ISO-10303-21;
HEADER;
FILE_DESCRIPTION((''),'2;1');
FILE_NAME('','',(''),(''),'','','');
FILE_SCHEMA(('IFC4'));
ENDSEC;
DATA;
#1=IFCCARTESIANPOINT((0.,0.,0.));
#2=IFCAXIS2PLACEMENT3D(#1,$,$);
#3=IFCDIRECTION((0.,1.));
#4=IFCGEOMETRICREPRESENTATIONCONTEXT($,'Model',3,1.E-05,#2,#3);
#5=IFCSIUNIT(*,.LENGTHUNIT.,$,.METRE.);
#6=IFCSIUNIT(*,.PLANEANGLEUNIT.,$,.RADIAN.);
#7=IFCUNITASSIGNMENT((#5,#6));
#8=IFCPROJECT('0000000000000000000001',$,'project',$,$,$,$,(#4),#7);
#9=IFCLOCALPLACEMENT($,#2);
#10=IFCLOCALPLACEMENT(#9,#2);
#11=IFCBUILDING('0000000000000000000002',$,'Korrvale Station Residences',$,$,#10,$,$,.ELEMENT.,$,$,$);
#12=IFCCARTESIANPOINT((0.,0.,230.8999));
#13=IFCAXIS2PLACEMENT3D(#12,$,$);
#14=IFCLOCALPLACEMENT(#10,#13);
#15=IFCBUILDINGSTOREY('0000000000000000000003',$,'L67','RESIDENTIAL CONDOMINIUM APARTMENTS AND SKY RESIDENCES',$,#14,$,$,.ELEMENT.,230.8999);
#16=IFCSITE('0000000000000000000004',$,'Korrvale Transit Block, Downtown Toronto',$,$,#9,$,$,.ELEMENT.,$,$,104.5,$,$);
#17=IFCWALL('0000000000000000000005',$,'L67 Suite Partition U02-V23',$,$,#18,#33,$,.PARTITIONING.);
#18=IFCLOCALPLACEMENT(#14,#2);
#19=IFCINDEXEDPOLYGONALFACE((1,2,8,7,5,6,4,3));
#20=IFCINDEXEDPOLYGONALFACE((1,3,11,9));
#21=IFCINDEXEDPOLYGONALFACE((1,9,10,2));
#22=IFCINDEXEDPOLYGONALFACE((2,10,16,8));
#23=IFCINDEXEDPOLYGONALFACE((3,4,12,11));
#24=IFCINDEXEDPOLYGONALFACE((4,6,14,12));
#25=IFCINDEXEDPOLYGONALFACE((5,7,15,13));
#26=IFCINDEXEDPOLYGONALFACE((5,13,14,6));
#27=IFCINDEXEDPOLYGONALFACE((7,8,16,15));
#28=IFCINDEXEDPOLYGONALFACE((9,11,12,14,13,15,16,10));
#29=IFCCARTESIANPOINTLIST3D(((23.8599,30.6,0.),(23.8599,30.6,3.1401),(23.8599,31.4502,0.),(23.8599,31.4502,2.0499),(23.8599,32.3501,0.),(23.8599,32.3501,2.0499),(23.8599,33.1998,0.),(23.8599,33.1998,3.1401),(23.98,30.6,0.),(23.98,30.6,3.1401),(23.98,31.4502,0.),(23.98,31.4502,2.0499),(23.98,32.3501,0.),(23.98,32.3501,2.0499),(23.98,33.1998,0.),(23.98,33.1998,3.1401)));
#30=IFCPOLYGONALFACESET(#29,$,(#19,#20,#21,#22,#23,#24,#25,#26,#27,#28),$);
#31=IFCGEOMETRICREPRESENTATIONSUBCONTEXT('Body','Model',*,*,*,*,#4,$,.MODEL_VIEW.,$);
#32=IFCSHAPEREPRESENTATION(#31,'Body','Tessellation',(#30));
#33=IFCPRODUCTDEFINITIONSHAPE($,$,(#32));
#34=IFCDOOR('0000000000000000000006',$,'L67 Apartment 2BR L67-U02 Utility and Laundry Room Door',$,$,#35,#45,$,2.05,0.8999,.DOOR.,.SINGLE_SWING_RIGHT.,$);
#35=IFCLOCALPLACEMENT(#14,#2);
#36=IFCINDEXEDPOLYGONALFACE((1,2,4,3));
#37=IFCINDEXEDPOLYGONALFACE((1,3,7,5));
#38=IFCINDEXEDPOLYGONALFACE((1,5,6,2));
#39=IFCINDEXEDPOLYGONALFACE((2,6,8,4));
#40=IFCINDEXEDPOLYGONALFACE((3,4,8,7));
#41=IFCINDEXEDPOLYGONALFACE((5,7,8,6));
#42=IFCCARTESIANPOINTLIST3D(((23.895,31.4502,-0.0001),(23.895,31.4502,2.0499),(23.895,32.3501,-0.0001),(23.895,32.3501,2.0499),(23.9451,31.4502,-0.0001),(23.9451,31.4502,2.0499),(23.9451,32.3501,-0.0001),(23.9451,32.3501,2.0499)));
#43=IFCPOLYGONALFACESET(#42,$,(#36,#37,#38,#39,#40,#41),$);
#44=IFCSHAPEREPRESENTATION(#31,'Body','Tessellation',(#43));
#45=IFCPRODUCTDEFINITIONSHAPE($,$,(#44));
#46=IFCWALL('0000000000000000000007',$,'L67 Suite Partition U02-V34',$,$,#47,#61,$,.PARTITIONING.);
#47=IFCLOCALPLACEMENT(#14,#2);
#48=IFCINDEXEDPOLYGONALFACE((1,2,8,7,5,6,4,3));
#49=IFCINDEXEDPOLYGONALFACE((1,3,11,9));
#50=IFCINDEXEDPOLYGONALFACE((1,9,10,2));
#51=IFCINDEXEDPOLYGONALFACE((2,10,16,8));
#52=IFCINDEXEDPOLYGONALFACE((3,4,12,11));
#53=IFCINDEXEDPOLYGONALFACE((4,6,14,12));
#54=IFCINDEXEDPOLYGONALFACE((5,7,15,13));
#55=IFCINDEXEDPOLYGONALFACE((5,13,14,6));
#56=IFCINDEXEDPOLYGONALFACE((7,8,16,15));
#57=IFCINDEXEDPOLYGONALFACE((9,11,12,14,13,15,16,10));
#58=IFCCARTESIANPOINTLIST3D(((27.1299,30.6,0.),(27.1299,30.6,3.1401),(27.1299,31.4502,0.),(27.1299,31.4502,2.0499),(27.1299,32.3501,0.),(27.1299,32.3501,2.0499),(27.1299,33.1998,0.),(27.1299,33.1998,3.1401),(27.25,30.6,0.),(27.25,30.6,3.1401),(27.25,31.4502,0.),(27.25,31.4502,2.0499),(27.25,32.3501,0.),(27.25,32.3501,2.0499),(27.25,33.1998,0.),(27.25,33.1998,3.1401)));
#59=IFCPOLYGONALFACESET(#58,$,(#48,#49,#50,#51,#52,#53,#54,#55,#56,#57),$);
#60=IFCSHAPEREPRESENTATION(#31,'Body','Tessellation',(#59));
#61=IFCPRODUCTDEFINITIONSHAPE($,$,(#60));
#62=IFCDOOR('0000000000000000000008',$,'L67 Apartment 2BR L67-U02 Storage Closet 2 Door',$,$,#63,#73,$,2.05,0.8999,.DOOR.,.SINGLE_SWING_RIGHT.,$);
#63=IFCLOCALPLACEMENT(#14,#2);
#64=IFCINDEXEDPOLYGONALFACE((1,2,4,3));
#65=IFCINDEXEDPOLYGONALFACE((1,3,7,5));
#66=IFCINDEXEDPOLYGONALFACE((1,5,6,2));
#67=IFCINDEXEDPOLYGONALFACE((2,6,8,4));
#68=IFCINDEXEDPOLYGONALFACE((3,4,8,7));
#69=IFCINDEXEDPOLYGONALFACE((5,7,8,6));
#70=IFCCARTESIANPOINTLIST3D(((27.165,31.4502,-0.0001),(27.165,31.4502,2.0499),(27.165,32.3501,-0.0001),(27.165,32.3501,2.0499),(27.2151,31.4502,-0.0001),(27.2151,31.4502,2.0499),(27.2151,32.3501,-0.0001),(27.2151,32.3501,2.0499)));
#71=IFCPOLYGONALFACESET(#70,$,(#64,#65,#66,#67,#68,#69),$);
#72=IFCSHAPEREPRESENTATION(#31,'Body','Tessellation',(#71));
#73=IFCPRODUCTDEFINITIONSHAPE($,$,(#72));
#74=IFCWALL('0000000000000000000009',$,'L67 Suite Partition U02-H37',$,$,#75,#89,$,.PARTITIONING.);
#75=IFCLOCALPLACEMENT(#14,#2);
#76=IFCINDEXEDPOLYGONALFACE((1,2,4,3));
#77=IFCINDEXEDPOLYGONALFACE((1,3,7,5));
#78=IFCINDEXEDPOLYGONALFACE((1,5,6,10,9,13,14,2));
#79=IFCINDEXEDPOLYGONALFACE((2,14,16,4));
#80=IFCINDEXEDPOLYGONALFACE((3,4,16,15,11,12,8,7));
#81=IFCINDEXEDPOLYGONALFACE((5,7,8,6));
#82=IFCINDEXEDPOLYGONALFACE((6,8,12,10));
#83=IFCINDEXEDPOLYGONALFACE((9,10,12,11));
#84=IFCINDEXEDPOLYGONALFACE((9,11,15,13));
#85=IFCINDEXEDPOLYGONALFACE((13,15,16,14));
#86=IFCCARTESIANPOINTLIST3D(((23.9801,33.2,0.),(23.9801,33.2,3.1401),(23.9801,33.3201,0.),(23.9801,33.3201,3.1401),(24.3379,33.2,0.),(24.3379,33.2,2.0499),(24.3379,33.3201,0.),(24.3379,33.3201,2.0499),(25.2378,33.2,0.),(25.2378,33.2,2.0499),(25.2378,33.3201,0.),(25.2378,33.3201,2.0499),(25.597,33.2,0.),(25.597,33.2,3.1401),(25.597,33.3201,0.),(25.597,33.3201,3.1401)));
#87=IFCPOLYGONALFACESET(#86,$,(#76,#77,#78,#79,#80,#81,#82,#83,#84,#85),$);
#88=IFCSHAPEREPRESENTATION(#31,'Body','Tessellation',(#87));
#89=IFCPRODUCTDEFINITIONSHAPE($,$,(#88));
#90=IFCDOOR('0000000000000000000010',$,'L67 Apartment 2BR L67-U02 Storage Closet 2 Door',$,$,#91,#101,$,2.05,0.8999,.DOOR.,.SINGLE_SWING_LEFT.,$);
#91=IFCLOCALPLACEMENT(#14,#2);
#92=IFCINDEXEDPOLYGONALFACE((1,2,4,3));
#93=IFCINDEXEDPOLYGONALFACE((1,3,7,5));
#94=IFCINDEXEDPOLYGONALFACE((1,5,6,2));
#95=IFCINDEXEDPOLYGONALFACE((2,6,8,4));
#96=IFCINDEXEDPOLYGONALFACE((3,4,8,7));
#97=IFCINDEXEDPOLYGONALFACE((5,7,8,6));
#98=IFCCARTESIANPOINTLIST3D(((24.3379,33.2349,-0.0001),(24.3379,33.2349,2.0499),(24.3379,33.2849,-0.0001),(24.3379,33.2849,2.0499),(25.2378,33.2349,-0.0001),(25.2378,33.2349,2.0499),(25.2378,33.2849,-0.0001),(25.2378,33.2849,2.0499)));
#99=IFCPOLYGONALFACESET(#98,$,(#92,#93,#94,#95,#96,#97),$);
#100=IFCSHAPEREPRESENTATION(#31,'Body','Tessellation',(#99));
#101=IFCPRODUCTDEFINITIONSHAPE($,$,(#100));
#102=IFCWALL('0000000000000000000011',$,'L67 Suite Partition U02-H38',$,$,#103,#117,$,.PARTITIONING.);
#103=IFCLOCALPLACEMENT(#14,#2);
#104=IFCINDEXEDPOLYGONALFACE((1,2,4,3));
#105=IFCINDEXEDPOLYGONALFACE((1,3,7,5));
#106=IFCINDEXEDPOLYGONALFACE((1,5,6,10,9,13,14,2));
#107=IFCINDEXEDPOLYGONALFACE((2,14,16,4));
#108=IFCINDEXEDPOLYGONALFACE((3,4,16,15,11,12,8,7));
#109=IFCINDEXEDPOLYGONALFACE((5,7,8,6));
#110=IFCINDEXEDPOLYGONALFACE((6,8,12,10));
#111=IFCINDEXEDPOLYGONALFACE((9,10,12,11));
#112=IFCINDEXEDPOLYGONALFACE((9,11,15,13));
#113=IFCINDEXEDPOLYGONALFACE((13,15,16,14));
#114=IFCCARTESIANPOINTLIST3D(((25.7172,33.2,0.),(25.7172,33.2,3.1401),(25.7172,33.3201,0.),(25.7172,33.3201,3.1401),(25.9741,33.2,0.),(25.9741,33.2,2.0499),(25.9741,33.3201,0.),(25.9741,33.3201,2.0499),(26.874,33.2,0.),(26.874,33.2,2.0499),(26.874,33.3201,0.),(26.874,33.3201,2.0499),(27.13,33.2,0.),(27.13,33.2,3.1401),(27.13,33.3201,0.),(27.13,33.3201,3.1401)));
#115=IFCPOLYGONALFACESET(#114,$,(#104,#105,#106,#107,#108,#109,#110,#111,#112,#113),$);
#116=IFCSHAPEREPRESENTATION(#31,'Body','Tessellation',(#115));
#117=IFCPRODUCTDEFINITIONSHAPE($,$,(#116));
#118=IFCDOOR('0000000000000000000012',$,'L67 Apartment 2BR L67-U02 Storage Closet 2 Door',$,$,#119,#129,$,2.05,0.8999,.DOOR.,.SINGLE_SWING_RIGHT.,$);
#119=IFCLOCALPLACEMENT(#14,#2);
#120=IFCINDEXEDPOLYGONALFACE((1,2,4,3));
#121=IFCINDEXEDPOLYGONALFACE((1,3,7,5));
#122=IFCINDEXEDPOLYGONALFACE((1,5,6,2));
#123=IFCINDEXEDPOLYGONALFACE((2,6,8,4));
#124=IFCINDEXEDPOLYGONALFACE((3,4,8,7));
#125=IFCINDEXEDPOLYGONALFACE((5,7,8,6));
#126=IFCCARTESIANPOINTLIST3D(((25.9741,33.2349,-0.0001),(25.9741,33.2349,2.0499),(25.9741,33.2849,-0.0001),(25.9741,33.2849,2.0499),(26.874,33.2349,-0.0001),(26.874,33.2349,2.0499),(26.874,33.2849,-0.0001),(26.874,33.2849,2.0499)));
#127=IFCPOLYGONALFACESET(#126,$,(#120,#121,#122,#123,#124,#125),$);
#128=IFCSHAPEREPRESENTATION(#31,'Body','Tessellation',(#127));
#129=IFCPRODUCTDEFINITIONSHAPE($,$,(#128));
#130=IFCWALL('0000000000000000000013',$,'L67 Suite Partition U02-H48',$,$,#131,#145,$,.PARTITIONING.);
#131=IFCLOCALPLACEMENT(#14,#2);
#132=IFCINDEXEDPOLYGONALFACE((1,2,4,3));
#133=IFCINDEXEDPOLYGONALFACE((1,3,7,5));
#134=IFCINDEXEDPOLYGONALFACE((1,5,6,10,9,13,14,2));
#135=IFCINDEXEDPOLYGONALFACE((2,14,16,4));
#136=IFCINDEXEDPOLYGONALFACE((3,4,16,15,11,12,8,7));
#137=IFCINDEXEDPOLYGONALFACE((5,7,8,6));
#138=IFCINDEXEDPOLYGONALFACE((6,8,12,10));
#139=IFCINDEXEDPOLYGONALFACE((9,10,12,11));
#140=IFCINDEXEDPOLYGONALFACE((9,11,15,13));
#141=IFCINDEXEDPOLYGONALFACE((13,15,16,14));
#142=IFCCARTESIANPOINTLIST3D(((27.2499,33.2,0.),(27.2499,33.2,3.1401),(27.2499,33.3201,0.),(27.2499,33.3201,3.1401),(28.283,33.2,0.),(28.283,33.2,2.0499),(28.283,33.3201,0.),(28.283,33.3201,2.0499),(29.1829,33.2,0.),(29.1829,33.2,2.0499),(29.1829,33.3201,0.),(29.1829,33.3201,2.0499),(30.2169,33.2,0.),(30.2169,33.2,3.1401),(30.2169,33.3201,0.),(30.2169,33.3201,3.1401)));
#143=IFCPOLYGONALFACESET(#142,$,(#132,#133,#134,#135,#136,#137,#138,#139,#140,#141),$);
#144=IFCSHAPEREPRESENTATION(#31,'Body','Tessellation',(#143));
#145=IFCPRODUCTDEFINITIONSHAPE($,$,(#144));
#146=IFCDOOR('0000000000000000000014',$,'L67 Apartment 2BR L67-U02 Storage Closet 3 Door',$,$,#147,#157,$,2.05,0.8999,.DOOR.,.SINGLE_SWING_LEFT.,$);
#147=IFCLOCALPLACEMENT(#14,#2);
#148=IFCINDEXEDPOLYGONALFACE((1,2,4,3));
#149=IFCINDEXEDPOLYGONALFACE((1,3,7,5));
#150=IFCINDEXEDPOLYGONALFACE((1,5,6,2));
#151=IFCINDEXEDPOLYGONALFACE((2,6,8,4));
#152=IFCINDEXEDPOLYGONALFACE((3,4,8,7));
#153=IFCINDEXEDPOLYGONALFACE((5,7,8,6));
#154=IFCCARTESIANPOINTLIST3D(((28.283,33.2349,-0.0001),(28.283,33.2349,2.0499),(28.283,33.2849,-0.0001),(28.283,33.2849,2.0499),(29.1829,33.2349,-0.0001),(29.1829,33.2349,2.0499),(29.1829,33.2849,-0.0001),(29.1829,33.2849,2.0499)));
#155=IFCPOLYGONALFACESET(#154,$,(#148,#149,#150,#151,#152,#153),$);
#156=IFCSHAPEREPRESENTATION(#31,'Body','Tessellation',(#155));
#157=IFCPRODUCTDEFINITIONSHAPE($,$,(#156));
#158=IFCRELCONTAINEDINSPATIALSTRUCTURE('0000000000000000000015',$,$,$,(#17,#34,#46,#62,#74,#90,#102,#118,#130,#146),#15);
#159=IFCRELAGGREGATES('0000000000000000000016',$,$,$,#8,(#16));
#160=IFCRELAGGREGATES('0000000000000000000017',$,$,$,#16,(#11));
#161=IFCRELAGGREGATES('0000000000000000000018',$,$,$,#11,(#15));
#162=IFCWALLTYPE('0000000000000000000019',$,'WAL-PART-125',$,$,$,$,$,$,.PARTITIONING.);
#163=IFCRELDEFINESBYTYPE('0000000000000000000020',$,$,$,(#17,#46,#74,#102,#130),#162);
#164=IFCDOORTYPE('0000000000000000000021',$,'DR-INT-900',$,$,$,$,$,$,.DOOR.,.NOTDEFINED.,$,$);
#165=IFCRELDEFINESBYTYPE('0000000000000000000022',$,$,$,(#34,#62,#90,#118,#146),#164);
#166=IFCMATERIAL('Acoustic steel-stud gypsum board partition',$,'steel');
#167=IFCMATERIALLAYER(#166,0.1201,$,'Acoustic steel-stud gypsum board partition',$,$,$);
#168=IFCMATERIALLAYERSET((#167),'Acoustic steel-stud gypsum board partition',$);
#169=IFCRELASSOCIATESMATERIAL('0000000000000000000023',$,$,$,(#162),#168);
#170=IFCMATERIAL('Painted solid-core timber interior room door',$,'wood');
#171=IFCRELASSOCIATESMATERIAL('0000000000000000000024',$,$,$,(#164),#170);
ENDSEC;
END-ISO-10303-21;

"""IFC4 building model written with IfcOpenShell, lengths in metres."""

from ifc_helpers import new_model, si_unit, direction, frame, frame_2d, origin, place, context, subcontext, project, spatial, rectangle, extrude, material, layer, layer_set, type_object, element, fill, save


model = new_model("IFC4")

# Units and contexts
model_context = context("Model", 3, precision=1e-05, world=origin(), true_north=direction((0.0, 1.0)))
body_context = subcontext(model_context, "Body", "Model", "MODEL_VIEW")
ifc_project = project(units=[si_unit("LENGTHUNIT", "METRE"), si_unit("PLANEANGLEUNIT", "RADIAN")], contexts=[model_context])

# Site, building, storey
site_placement = place(None, origin())
site = spatial("IfcSite", under=ifc_project, at=site_placement, Name="Korrvale Transit Block, Downtown Toronto", CompositionType="ELEMENT", RefElevation=104.5)
building_placement = place(site_placement, origin())
building = spatial("IfcBuilding", under=site, at=building_placement, Name="Korrvale Station Residences", CompositionType="ELEMENT")
storey_placement = place(building_placement, frame((0.0, 0.0, 230.8999)))
storey = spatial("IfcBuildingStorey", under=building, at=storey_placement, Name="L67", Description="RESIDENTIAL CONDOMINIUM APARTMENTS AND SKY RESIDENCES", CompositionType="ELEMENT", Elevation=230.8999)

# Walls, openings, doors
ifc_material_1 = material(Name="Acoustic steel-stud gypsum board partition", Category="steel")
ifc_layer_1 = layer(ifc_material_1, 0.1201, Name="Acoustic steel-stud gypsum board partition")
ifc_layer_set_1 = layer_set([ifc_layer_1], Name="Acoustic steel-stud gypsum board partition")
wall_type_1 = type_object("IfcWallType", Name="WAL-PART-125", PredefinedType="PARTITIONING", material=ifc_layer_set_1)
wall_1_placement = place(storey_placement, frame((23.9199, 30.6001, 0.0), z_axis=(0.0, 0.0, 1.0), x_axis=(0.0, 1.0, 0.0)))
wall_1 = element("IfcWall", 1, at=wall_1_placement, inside=storey, type_object=wall_type_1, Name="L67 Suite Partition U02-V23", PredefinedType="PARTITIONING", context=body_context, shape_type="SweptSolid", body=[
    extrude(rectangle(XDim=2.5999, YDim=0.1201, at=frame_2d((1.2998, 0.0))), origin(), (0.0, 0.0, 1.0), 3.1401),
])
opening_1_placement = place(wall_1_placement, frame((0.8501, 0.0, 0.0)))
opening_1 = element("IfcOpeningElement", 2, at=opening_1_placement, cuts=wall_1, PredefinedType="OPENING", context=body_context, shape_type="SweptSolid", body=[
    extrude(rectangle(XDim=0.8999, YDim=2.05, at=frame_2d((0.45, 1.0249))), frame((0.0, 0.0701, 0.0), z_axis=(0.0, -1.0, 0.0), x_axis=(1.0, 0.0, 0.0)), (0.0, 0.0, 1.0), 0.1401),
])
ifc_material_2 = material(Name="Painted solid-core timber interior room door", Category="wood")
door_type_1 = type_object("IfcDoorType", Name="DR-INT-900", OperationType="NOTDEFINED", PredefinedType="DOOR", material=ifc_material_2)
door_1_placement = place(opening_1_placement, origin())
door_1 = element("IfcDoor", 3, at=door_1_placement, inside=storey, type_object=door_type_1, Name="L67 Apartment 2BR L67-U02 Utility and Laundry Room Door", OperationType="SINGLE_SWING_RIGHT", OverallHeight=2.05, OverallWidth=0.8999, PredefinedType="DOOR", context=body_context, shape_type="SweptSolid", body=[
    extrude(rectangle(XDim=0.8999, YDim=2.05, at=frame_2d((0.45, 1.0249))), frame((0.0, 0.0249, 0.0), z_axis=(0.0, -1.0, 0.0), x_axis=(1.0, 0.0, 0.0)), (0.0, 0.0, 1.0), 0.05),
])
fill(opening_1, door_1)
wall_2_placement = place(storey_placement, frame((27.1899, 30.6001, 0.0), z_axis=(0.0, 0.0, 1.0), x_axis=(0.0, 1.0, 0.0)))
wall_2 = element("IfcWall", 4, at=wall_2_placement, inside=storey, type_object=wall_type_1, Name="L67 Suite Partition U02-V34", PredefinedType="PARTITIONING", context=body_context, shape_type="SweptSolid", body=[
    extrude(rectangle(XDim=2.5999, YDim=0.1201, at=frame_2d((1.2998, 0.0))), origin(), (0.0, 0.0, 1.0), 3.1401),
])
opening_2_placement = place(wall_2_placement, frame((0.8501, 0.0, 0.0)))
opening_2 = element("IfcOpeningElement", 5, at=opening_2_placement, cuts=wall_2, PredefinedType="OPENING", context=body_context, shape_type="SweptSolid", body=[
    extrude(rectangle(XDim=0.8999, YDim=2.05, at=frame_2d((0.45, 1.0249))), frame((0.0, 0.0701, 0.0), z_axis=(0.0, -1.0, 0.0), x_axis=(1.0, 0.0, 0.0)), (0.0, 0.0, 1.0), 0.1401),
])
door_2_placement = place(opening_2_placement, origin())
door_2 = element("IfcDoor", 6, at=door_2_placement, inside=storey, type_object=door_type_1, Name="L67 Apartment 2BR L67-U02 Storage Closet 2 Door", OperationType="SINGLE_SWING_RIGHT", OverallHeight=2.05, OverallWidth=0.8999, PredefinedType="DOOR", context=body_context, shape_type="SweptSolid", body=[
    extrude(rectangle(XDim=0.8999, YDim=2.05, at=frame_2d((0.45, 1.0249))), frame((0.0, 0.0249, 0.0), z_axis=(0.0, -1.0, 0.0), x_axis=(1.0, 0.0, 0.0)), (0.0, 0.0, 1.0), 0.05),
])
fill(opening_2, door_2)
wall_3_placement = place(storey_placement, frame((23.98, 33.26, 0.0), z_axis=(0.0, 0.0, 1.0), x_axis=(1.0, 0.0, 0.0)))
wall_3 = element("IfcWall", 7, at=wall_3_placement, inside=storey, type_object=wall_type_1, Name="L67 Suite Partition U02-H37", PredefinedType="PARTITIONING", context=body_context, shape_type="SweptSolid", body=[
    extrude(rectangle(XDim=1.6169, YDim=0.1201, at=frame_2d((0.8086, 0.0))), origin(), (0.0, 0.0, 1.0), 3.1401),
])
opening_3_placement = place(wall_3_placement, frame((0.3579, 0.0, 0.0)))
opening_3 = element("IfcOpeningElement", 8, at=opening_3_placement, cuts=wall_3, PredefinedType="OPENING", context=body_context, shape_type="SweptSolid", body=[
    extrude(rectangle(XDim=0.8999, YDim=2.05, at=frame_2d((0.45, 1.0249))), frame((0.0, 0.0701, 0.0), z_axis=(0.0, -1.0, 0.0), x_axis=(1.0, 0.0, 0.0)), (0.0, 0.0, 1.0), 0.1401),
])
door_3_placement = place(opening_3_placement, origin())
door_3 = element("IfcDoor", 9, at=door_3_placement, inside=storey, type_object=door_type_1, Name="L67 Apartment 2BR L67-U02 Storage Closet 2 Door", OperationType="SINGLE_SWING_LEFT", OverallHeight=2.05, OverallWidth=0.8999, PredefinedType="DOOR", context=body_context, shape_type="SweptSolid", body=[
    extrude(rectangle(XDim=0.8999, YDim=2.05, at=frame_2d((0.45, 1.0249))), frame((0.0, 0.0249, 0.0), z_axis=(0.0, -1.0, 0.0), x_axis=(1.0, 0.0, 0.0)), (0.0, 0.0, 1.0), 0.05),
])
fill(opening_3, door_3)
wall_4_placement = place(storey_placement, frame((25.717, 33.26, 0.0), z_axis=(0.0, 0.0, 1.0), x_axis=(1.0, 0.0, 0.0)))
wall_4 = element("IfcWall", 10, at=wall_4_placement, inside=storey, type_object=wall_type_1, Name="L67 Suite Partition U02-H38", PredefinedType="PARTITIONING", context=body_context, shape_type="SweptSolid", body=[
    extrude(rectangle(XDim=1.4128, YDim=0.1201, at=frame_2d((0.7065, 0.0))), origin(), (0.0, 0.0, 1.0), 3.1401),
])
opening_4_placement = place(wall_4_placement, frame((0.2571, 0.0, 0.0)))
opening_4 = element("IfcOpeningElement", 11, at=opening_4_placement, cuts=wall_4, PredefinedType="OPENING", context=body_context, shape_type="SweptSolid", body=[
    extrude(rectangle(XDim=0.8999, YDim=2.05, at=frame_2d((0.45, 1.0249))), frame((0.0, 0.0701, 0.0), z_axis=(0.0, -1.0, 0.0), x_axis=(1.0, 0.0, 0.0)), (0.0, 0.0, 1.0), 0.1401),
])
door_4_placement = place(opening_4_placement, origin())
door_4 = element("IfcDoor", 12, at=door_4_placement, inside=storey, type_object=door_type_1, Name="L67 Apartment 2BR L67-U02 Storage Closet 2 Door", OperationType="SINGLE_SWING_RIGHT", OverallHeight=2.05, OverallWidth=0.8999, PredefinedType="DOOR", context=body_context, shape_type="SweptSolid", body=[
    extrude(rectangle(XDim=0.8999, YDim=2.05, at=frame_2d((0.45, 1.0249))), frame((0.0, 0.0249, 0.0), z_axis=(0.0, -1.0, 0.0), x_axis=(1.0, 0.0, 0.0)), (0.0, 0.0, 1.0), 0.05),
])
fill(opening_4, door_4)
wall_5_placement = place(storey_placement, frame((27.25, 33.26, 0.0), z_axis=(0.0, 0.0, 1.0), x_axis=(1.0, 0.0, 0.0)))
wall_5 = element("IfcWall", 13, at=wall_5_placement, inside=storey, type_object=wall_type_1, Name="L67 Suite Partition U02-H48", PredefinedType="PARTITIONING", context=body_context, shape_type="SweptSolid", body=[
    extrude(rectangle(XDim=2.967, YDim=0.1201, at=frame_2d((1.4834, 0.0))), origin(), (0.0, 0.0, 1.0), 3.1401),
])
opening_5_placement = place(wall_5_placement, frame((1.033, 0.0, 0.0)))
opening_5 = element("IfcOpeningElement", 14, at=opening_5_placement, cuts=wall_5, PredefinedType="OPENING", context=body_context, shape_type="SweptSolid", body=[
    extrude(rectangle(XDim=0.8999, YDim=2.05, at=frame_2d((0.45, 1.0249))), frame((0.0, 0.0701, 0.0), z_axis=(0.0, -1.0, 0.0), x_axis=(1.0, 0.0, 0.0)), (0.0, 0.0, 1.0), 0.1401),
])
door_5_placement = place(opening_5_placement, origin())
door_5 = element("IfcDoor", 15, at=door_5_placement, inside=storey, type_object=door_type_1, Name="L67 Apartment 2BR L67-U02 Storage Closet 3 Door", OperationType="SINGLE_SWING_LEFT", OverallHeight=2.05, OverallWidth=0.8999, PredefinedType="DOOR", context=body_context, shape_type="SweptSolid", body=[
    extrude(rectangle(XDim=0.8999, YDim=2.05, at=frame_2d((0.45, 1.0249))), frame((0.0, 0.0249, 0.0), z_axis=(0.0, -1.0, 0.0), x_axis=(1.0, 0.0, 0.0)), (0.0, 0.0, 1.0), 0.05),
])
fill(opening_5, door_5)

save(model, "model.ifc")
